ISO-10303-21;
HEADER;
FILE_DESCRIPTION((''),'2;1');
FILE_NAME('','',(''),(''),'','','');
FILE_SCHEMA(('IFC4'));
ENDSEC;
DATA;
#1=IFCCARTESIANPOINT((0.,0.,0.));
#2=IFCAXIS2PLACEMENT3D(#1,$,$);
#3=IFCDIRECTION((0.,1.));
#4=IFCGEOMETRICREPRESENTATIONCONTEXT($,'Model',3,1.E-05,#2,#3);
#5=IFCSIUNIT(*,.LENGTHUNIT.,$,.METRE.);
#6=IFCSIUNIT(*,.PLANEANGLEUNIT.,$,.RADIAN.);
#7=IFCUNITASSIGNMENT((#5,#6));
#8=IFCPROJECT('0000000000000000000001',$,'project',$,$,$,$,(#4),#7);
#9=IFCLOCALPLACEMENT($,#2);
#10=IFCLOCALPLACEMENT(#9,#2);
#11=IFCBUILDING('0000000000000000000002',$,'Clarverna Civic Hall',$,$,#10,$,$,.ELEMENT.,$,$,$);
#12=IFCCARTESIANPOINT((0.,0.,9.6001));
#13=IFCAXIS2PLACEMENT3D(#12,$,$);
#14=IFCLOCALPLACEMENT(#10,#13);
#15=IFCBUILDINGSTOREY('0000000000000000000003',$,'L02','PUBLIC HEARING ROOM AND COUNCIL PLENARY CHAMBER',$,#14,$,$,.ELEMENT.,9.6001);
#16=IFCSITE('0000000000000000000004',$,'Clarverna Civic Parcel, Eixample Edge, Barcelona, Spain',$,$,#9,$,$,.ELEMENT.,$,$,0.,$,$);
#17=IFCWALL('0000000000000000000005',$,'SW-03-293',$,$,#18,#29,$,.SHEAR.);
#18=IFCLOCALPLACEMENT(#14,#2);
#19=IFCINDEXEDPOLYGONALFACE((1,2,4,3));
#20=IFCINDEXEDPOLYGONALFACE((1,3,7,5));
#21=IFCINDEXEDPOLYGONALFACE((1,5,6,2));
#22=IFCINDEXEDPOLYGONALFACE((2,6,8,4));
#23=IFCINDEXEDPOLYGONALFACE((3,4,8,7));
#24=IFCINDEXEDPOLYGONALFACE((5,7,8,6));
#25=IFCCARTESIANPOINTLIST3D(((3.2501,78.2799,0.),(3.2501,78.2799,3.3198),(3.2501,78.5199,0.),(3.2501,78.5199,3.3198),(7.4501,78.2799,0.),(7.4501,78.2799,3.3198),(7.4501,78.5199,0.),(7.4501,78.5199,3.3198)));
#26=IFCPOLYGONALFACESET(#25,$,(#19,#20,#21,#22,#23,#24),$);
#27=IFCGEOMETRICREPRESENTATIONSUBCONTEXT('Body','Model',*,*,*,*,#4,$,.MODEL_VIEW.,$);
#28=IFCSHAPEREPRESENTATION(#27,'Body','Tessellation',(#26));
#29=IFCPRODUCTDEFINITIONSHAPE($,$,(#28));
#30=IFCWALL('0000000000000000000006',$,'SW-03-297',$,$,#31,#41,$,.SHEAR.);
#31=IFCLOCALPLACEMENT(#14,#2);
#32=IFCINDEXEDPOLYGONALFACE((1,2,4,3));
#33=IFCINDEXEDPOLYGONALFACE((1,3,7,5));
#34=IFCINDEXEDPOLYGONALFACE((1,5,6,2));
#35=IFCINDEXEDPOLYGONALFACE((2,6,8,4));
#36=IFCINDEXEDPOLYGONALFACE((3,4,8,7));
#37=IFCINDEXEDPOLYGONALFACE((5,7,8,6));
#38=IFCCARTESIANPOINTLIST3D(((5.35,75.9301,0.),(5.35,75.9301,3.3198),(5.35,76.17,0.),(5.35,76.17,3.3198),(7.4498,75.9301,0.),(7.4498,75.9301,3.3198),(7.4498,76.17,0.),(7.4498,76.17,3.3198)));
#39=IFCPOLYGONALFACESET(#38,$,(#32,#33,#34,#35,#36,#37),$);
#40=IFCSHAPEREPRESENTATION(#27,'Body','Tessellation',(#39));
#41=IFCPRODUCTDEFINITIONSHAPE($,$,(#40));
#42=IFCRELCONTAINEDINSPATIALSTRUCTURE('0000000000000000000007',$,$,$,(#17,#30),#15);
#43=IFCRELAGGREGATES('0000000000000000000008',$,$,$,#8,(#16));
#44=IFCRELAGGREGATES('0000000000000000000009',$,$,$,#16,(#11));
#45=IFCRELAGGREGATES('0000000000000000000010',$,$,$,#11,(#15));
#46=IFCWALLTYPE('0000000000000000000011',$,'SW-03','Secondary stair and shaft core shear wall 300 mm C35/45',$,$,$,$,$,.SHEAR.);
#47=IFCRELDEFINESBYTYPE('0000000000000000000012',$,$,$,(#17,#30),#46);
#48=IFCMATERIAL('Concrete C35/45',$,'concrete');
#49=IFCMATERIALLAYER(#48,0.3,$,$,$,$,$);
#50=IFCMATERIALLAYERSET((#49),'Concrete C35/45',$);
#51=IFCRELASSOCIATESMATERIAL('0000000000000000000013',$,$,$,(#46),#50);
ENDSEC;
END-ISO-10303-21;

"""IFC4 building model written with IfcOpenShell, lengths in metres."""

from ifc_helpers import new_model, si_unit, direction, frame, frame_2d, origin, place, context, subcontext, project, spatial, rectangle, extrude, material, layer, layer_set, type_object, element, save


model = new_model("IFC4")

# Units and contexts
model_context = context("Model", 3, precision=1e-05, world=origin(), true_north=direction((0.0, 1.0)))
body_context = subcontext(model_context, "Body", "Model", "MODEL_VIEW")
ifc_project = project(units=[si_unit("LENGTHUNIT", "METRE"), si_unit("PLANEANGLEUNIT", "RADIAN")], contexts=[model_context])

# Site, building, storey
site_placement = place(None, origin())
site = spatial("IfcSite", under=ifc_project, at=site_placement, Name="Clarverna Civic Parcel, Eixample Edge, Barcelona, Spain", CompositionType="ELEMENT", RefElevation=0.0)
building_placement = place(site_placement, origin())
building = spatial("IfcBuilding", under=site, at=building_placement, Name="Clarverna Civic Hall", CompositionType="ELEMENT")
storey_placement = place(building_placement, frame((0.0, 0.0, 9.6001)))
storey = spatial("IfcBuildingStorey", under=building, at=storey_placement, Name="L02", Description="PUBLIC HEARING ROOM AND COUNCIL PLENARY CHAMBER", CompositionType="ELEMENT", Elevation=9.6001)

# Shared definitions
ifc_material_1 = material(Name="Concrete C35/45", Category="concrete")

# Walls
ifc_layer_1 = layer(ifc_material_1, 0.3)
ifc_layer_set_1 = layer_set([ifc_layer_1], Name="Concrete C35/45")
wall_type = type_object("IfcWallType", Name="SW-03", Description="Secondary stair and shaft core shear wall 300 mm C35/45", PredefinedType="SHEAR", material=ifc_layer_set_1)
wall_1_placement = place(storey_placement, frame((3.25, 78.3999, 0.0), z_axis=(0.0, 0.0, 1.0), x_axis=(1.0, 0.0, 0.0)))
element("IfcWall", 1, at=wall_1_placement, inside=storey, type_object=wall_type, Name="SW-03-293", PredefinedType="SHEAR", context=body_context, shape_type="SweptSolid", body=[
    extrude(rectangle(XDim=4.2, YDim=0.24, at=frame_2d((2.1001, 0.0))), origin(), (0.0, 0.0, 1.0), 3.3198),
])
wall_2_placement = place(storey_placement, frame((5.3501, 76.05, 0.0), z_axis=(0.0, 0.0, 1.0), x_axis=(1.0, 0.0, 0.0)))
element("IfcWall", 2, at=wall_2_placement, inside=storey, type_object=wall_type, Name="SW-03-297", PredefinedType="SHEAR", context=body_context, shape_type="SweptSolid", body=[
    extrude(rectangle(XDim=2.0999, YDim=0.24, at=frame_2d((1.0498, 0.0))), origin(), (0.0, 0.0, 1.0), 3.3198),
])

save(model, "model.ifc")
